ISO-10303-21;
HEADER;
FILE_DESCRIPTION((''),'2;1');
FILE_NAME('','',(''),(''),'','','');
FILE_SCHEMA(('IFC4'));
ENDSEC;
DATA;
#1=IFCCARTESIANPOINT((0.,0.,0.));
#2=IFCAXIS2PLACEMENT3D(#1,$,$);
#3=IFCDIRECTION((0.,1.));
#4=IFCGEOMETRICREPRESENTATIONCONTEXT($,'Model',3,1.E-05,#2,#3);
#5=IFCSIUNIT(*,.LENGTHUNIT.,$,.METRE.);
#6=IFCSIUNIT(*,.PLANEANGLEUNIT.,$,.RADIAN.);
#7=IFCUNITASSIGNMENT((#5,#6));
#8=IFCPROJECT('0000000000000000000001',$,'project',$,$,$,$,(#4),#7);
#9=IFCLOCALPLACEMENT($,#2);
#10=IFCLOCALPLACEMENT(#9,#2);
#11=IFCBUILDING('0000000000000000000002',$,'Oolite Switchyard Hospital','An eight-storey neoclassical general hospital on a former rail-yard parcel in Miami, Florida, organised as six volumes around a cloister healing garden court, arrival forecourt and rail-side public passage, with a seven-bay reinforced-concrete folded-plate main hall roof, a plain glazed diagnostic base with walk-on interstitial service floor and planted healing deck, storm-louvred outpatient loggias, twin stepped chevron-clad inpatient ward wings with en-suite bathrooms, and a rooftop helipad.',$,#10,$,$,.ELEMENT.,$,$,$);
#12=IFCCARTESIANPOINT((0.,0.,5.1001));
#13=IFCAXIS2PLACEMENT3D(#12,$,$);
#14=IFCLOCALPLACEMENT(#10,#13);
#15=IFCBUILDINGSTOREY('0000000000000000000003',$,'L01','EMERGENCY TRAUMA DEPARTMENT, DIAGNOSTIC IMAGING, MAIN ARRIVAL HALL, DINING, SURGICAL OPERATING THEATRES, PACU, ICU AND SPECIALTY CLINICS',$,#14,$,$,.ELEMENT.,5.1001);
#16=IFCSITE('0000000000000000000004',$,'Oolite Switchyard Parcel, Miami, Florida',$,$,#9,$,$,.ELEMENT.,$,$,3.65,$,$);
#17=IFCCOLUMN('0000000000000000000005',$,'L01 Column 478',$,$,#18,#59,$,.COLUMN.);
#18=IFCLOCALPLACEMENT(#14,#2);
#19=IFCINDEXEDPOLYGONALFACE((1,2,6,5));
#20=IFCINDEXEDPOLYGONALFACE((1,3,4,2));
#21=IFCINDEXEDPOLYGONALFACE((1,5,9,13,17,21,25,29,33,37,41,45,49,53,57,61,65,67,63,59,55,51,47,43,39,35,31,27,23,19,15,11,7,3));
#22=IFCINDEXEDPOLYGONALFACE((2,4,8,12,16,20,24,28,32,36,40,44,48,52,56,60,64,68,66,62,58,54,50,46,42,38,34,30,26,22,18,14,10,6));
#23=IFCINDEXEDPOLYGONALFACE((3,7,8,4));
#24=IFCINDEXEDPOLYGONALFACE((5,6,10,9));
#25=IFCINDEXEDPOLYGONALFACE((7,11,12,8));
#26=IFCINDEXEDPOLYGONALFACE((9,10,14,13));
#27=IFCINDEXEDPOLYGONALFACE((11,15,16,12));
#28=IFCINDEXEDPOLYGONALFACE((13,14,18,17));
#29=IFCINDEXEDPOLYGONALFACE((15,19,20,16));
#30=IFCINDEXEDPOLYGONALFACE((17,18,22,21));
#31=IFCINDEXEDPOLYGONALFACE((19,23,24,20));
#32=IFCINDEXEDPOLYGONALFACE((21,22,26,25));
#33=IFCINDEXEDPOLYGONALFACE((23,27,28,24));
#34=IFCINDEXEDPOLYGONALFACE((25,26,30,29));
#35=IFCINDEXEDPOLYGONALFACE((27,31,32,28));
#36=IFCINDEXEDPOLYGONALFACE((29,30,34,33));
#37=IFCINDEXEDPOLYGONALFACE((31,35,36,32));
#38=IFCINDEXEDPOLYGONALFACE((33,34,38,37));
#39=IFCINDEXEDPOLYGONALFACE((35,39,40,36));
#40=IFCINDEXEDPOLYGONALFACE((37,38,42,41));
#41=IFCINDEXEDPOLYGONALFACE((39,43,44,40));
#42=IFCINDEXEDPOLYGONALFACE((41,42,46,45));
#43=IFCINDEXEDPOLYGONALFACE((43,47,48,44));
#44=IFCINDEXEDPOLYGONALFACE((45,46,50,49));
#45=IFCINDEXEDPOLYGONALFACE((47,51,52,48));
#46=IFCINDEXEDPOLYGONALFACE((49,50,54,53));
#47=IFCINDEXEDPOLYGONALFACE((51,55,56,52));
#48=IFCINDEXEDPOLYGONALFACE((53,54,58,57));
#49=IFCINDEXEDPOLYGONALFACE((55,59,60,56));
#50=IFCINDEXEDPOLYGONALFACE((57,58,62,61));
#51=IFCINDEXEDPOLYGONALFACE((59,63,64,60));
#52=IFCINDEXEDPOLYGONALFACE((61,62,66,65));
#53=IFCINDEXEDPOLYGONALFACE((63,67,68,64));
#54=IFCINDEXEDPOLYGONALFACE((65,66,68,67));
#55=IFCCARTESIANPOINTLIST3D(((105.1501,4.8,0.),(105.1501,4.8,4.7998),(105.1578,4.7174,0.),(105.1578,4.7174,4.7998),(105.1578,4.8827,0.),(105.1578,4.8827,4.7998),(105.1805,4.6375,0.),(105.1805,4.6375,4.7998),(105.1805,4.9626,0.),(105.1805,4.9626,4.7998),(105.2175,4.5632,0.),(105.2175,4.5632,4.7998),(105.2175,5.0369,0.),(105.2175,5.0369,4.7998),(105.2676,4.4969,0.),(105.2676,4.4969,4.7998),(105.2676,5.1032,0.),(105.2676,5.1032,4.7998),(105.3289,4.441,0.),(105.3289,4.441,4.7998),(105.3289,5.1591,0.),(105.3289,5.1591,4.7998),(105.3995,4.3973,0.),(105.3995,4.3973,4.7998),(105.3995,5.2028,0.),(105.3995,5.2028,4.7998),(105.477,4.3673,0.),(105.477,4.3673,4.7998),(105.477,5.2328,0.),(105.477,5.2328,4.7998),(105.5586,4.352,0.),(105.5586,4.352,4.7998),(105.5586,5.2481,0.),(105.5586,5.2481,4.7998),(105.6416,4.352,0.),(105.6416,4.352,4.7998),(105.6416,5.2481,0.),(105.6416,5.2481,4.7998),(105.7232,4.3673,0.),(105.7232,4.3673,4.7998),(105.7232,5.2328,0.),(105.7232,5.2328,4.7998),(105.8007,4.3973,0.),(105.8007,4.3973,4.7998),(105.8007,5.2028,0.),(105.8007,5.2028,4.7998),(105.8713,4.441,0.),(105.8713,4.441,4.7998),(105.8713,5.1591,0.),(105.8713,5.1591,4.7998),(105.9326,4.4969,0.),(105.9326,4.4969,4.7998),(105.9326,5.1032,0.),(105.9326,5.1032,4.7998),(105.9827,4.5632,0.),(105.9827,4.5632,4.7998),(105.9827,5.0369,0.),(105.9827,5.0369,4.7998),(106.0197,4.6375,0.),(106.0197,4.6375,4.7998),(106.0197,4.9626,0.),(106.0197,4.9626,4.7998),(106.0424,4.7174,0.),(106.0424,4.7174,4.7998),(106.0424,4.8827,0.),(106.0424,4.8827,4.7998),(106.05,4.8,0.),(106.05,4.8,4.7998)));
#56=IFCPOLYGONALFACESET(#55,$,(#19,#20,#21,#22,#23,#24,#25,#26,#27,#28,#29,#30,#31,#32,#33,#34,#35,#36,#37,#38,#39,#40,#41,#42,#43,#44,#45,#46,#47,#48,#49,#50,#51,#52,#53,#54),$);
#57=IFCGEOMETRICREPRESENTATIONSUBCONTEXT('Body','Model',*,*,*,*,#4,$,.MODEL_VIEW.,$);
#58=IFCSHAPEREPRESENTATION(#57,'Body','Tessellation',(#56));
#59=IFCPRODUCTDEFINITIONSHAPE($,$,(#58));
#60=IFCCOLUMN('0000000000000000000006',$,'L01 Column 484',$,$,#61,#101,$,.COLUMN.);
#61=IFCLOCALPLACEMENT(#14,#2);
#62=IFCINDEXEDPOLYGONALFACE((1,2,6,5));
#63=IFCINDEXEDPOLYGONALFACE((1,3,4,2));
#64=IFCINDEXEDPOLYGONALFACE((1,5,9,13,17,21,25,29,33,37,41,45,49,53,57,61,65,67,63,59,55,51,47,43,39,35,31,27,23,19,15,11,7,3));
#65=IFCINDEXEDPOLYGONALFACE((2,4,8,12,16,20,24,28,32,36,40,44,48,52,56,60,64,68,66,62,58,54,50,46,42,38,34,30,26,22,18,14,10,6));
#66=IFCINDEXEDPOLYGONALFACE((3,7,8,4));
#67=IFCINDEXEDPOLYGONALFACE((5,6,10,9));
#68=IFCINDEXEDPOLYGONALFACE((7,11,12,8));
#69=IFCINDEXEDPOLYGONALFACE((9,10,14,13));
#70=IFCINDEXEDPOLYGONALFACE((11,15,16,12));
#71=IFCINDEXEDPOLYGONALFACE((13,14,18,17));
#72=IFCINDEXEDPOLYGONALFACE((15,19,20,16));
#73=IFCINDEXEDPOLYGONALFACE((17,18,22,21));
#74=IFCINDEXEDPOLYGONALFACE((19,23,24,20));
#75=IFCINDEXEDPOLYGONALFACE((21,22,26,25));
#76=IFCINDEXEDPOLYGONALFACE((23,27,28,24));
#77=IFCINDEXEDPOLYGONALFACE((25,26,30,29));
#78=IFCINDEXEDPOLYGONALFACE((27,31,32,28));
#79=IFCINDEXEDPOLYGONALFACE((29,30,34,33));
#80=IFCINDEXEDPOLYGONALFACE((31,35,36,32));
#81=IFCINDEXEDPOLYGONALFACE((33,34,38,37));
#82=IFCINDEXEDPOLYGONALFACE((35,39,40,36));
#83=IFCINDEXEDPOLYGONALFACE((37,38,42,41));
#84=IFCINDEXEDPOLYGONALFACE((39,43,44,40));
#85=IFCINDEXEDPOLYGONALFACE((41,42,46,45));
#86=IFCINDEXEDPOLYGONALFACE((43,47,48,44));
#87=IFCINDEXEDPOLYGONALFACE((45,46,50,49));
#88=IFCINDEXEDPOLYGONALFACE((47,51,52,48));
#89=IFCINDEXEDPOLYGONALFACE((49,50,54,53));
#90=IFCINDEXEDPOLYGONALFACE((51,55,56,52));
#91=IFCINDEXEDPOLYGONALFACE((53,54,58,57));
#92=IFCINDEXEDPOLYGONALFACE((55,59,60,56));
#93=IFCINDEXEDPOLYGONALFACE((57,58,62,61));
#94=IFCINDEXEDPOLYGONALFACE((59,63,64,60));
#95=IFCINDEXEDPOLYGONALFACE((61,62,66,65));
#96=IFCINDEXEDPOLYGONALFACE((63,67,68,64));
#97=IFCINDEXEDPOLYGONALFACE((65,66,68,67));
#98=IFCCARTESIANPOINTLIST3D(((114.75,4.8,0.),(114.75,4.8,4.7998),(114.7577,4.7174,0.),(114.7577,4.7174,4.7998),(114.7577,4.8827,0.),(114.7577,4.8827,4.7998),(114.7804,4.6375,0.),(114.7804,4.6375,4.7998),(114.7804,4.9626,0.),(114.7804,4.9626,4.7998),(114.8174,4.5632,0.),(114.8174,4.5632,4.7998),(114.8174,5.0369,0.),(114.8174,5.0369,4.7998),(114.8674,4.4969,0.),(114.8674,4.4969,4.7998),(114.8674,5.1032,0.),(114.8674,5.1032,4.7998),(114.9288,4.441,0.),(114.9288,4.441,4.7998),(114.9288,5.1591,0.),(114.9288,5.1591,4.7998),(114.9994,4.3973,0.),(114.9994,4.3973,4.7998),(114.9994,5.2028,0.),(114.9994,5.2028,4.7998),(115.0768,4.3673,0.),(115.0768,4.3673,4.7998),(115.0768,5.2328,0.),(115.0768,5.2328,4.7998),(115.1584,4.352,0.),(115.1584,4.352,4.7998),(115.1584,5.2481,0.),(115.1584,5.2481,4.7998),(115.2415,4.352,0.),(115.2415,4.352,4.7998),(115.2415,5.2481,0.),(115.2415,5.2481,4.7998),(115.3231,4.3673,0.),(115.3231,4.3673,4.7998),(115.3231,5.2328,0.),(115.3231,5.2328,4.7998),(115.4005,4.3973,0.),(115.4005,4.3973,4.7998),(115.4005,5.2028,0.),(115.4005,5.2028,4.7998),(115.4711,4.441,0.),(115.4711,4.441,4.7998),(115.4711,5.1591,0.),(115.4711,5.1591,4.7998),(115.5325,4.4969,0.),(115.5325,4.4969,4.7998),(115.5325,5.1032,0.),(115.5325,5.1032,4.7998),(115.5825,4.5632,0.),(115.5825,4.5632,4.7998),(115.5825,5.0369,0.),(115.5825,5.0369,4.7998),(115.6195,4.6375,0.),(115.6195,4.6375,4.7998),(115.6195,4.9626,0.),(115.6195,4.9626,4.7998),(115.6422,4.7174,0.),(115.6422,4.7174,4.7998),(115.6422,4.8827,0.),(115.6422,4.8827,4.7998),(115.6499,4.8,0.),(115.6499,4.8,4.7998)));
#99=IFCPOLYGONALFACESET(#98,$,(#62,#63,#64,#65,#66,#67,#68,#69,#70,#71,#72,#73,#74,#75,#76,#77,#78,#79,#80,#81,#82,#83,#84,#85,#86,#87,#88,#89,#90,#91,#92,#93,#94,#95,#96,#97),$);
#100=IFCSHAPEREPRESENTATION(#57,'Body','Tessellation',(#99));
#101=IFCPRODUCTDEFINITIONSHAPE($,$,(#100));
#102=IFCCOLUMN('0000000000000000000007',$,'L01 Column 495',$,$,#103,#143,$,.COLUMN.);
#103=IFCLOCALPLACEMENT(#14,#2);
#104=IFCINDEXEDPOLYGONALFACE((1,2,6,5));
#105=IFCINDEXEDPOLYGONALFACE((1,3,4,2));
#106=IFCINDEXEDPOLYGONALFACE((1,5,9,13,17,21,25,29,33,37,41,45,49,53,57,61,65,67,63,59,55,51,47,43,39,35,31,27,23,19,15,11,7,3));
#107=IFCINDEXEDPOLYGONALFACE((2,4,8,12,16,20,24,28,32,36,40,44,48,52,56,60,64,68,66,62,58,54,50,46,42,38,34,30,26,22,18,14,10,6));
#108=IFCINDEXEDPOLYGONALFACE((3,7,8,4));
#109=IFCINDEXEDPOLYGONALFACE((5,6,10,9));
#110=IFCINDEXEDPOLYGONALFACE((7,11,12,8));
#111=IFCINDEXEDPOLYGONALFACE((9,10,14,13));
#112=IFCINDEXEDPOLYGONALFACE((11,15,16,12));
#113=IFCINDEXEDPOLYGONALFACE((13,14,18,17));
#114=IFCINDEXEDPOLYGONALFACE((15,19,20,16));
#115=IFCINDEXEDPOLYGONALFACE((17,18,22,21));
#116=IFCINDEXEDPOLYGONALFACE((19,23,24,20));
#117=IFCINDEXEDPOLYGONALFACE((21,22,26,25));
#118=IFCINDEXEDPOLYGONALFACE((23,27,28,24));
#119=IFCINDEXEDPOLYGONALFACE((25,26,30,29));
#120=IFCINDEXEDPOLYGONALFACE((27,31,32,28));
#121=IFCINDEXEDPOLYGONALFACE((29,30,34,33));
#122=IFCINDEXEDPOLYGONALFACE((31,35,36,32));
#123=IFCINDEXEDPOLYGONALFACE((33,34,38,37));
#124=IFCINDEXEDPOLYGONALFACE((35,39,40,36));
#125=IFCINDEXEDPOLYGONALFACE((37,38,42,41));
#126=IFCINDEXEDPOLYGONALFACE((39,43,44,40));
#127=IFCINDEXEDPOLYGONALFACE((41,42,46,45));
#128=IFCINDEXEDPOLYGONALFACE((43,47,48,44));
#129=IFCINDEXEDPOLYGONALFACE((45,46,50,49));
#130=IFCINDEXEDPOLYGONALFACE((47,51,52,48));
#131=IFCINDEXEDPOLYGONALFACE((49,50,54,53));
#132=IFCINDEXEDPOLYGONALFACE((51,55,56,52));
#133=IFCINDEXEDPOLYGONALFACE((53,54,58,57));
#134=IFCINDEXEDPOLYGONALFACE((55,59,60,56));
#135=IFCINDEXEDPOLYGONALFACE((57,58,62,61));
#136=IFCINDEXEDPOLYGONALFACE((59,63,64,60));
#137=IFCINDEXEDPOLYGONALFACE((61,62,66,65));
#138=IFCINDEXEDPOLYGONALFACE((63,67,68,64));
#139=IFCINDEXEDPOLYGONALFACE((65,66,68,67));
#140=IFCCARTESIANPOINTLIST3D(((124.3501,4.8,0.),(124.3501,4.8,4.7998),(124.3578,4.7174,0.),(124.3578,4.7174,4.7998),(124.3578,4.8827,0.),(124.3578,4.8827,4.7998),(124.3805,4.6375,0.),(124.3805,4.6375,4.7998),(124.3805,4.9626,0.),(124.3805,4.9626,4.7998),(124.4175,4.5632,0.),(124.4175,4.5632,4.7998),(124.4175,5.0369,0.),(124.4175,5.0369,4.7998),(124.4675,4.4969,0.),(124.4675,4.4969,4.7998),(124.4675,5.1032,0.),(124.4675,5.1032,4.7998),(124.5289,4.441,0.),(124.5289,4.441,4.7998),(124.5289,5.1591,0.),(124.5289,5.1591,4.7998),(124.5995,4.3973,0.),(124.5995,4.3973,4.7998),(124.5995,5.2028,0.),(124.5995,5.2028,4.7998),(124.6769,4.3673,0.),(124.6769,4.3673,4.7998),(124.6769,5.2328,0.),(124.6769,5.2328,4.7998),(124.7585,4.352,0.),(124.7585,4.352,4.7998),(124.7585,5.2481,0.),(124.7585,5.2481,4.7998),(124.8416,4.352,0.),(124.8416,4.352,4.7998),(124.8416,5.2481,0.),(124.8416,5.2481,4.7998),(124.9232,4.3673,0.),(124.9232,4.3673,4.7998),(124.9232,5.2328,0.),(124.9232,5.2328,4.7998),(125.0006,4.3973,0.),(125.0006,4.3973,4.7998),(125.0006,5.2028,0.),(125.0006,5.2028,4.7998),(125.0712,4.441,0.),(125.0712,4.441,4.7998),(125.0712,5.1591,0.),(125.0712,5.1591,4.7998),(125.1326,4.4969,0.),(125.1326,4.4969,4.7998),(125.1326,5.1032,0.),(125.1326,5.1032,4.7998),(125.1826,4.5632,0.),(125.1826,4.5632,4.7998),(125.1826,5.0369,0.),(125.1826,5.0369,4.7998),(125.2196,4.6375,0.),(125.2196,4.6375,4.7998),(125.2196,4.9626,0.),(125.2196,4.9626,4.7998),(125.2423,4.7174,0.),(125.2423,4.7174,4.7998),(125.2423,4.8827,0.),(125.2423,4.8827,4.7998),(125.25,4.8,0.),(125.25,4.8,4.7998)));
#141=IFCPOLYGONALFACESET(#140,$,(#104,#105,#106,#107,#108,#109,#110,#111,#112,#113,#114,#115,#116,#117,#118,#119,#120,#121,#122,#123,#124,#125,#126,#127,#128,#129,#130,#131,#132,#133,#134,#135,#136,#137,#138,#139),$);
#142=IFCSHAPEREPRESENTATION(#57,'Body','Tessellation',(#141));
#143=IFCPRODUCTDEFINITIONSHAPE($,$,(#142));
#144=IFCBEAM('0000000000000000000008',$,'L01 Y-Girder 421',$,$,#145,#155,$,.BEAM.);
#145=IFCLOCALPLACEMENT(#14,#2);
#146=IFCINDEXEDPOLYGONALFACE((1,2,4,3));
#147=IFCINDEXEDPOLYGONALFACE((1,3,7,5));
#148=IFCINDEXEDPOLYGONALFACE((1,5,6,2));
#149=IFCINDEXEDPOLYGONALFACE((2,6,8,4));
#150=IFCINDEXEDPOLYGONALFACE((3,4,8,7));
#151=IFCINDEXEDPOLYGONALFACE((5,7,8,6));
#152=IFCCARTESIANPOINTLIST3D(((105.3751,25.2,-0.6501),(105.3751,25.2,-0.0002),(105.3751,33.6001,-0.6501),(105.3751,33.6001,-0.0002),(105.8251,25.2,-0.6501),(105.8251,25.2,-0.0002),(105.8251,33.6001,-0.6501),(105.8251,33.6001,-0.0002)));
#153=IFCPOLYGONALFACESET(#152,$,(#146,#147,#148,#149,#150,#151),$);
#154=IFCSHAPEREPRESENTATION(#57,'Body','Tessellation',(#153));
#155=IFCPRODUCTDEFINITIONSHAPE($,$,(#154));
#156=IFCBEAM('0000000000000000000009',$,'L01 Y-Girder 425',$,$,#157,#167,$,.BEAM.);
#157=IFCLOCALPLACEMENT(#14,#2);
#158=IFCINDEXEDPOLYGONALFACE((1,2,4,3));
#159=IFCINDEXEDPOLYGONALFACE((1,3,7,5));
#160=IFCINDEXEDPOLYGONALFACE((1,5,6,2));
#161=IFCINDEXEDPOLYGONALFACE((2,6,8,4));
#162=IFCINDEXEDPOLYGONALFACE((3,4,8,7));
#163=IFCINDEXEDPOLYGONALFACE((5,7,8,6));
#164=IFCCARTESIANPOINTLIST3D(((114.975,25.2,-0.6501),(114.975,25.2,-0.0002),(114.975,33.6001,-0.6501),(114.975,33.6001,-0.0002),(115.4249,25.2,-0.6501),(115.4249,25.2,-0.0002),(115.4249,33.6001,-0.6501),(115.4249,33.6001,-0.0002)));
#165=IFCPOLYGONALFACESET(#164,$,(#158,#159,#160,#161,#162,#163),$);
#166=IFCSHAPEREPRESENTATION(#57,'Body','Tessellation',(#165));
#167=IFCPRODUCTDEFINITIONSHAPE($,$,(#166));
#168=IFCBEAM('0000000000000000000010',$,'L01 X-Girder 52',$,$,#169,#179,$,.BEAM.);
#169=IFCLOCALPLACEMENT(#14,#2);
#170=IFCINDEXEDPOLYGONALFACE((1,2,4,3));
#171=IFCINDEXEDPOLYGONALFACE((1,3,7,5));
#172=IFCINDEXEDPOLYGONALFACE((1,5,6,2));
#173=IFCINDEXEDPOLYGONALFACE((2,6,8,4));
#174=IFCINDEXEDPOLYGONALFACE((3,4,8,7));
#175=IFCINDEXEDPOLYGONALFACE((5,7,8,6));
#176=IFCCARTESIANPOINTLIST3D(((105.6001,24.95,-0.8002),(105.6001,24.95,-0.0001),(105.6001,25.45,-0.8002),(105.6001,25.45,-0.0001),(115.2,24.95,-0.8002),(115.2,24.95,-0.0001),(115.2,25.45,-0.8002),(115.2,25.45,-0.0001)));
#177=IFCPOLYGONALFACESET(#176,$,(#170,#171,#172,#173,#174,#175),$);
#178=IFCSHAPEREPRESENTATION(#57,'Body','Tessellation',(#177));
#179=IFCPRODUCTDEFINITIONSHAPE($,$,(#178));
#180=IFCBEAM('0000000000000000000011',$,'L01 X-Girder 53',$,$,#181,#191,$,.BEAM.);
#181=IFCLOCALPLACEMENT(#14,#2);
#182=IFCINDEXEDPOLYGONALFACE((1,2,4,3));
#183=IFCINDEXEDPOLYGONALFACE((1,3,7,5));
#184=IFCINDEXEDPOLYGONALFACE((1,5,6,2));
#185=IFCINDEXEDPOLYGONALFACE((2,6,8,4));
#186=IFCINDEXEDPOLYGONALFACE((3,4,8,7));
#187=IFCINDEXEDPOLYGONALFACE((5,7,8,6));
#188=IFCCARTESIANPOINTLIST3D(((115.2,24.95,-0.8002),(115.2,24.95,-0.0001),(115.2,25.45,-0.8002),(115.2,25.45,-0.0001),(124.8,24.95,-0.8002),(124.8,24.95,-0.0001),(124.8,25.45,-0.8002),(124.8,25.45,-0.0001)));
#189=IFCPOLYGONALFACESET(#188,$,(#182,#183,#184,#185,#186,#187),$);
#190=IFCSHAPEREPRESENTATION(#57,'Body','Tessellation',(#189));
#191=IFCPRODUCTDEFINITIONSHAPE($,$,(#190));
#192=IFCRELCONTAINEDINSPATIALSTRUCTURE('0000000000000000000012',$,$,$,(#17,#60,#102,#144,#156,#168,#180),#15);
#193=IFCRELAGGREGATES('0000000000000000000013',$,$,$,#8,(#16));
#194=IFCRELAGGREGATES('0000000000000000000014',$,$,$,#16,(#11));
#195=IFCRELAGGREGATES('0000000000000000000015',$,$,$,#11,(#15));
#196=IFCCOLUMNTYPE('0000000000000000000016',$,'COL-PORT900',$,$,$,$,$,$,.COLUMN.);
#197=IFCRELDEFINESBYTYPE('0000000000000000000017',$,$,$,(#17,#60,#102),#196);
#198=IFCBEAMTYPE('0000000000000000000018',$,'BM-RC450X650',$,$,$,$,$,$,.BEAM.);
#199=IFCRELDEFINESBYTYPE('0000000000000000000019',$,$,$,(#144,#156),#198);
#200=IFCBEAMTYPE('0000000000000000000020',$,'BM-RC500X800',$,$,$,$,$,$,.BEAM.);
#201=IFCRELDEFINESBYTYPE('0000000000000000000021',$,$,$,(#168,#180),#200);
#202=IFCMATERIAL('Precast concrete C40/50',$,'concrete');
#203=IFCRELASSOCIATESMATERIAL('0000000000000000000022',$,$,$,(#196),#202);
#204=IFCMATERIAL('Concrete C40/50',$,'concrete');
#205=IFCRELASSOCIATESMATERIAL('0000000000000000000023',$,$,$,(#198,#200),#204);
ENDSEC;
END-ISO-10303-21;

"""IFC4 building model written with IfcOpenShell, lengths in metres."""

from ifc_helpers import new_model, si_unit, direction, frame, origin, origin_2d, place, context, subcontext, project, spatial, rectangle, circle, extrude, material, material_profile, profile_set, type_object, element, save


model = new_model("IFC4")

# Units and contexts
model_context = context("Model", 3, precision=1e-05, world=origin(), true_north=direction((0.0, 1.0)))
body_context = subcontext(model_context, "Body", "Model", "MODEL_VIEW")
ifc_project = project(units=[si_unit("LENGTHUNIT", "METRE"), si_unit("PLANEANGLEUNIT", "RADIAN")], contexts=[model_context])

# Site, building, storey
site_placement = place(None, origin())
site = spatial("IfcSite", under=ifc_project, at=site_placement, Name="Oolite Switchyard Parcel, Miami, Florida", CompositionType="ELEMENT", RefElevation=3.65)
building_placement = place(site_placement, origin())
building = spatial("IfcBuilding", under=site, at=building_placement, Name="Oolite Switchyard Hospital", Description="An eight-storey neoclassical general hospital on a former rail-yard parcel in Miami, Florida, organised as six volumes around a cloister healing garden court, arrival forecourt and rail-side public passage, with a seven-bay reinforced-concrete folded-plate main hall roof, a plain glazed diagnostic base with walk-on interstitial service floor and planted healing deck, storm-louvred outpatient loggias, twin stepped chevron-clad inpatient ward wings with en-suite bathrooms, and a rooftop helipad.", CompositionType="ELEMENT")
storey_placement = place(building_placement, frame((0.0, 0.0, 5.1001)))
storey = spatial("IfcBuildingStorey", under=building, at=storey_placement, Name="L01", Description="EMERGENCY TRAUMA DEPARTMENT, DIAGNOSTIC IMAGING, MAIN ARRIVAL HALL, DINING, SURGICAL OPERATING THEATRES, PACU, ICU AND SPECIALTY CLINICS", CompositionType="ELEMENT", Elevation=5.1001)

# Columns
ifc_material_1 = material(Name="Precast concrete C40/50", Category="concrete")
ifc_material_profile_1 = material_profile(ifc_material_1, circle(Radius=0.45, at=origin_2d()), Name="RCCOL900")
ifc_profile_set_1 = profile_set([ifc_material_profile_1], Name="Precast concrete C40/50")
column_type = type_object("IfcColumnType", Name="COL-PORT900", PredefinedType="COLUMN", material=ifc_profile_set_1)
for number, where, z_axis, x_axis, name in (
    (1, (105.6001, 4.8, 0.0), (0.0, 0.0, 1.0), (1.0, 0.0, 0.0), "L01 Column 478"),
    (2, (115.2, 4.8, 0.0), (0.0, 0.0, 1.0), (1.0, 0.0, 0.0), "L01 Column 484"),
    (3, (124.8, 4.8, 0.0), (0.0, 0.0, 1.0), (1.0, 0.0, 0.0), "L01 Column 495"),
):
    element("IfcColumn", number, at=place(storey_placement, frame(where, z_axis=z_axis, x_axis=x_axis)), inside=storey, type_object=column_type, Name=name, PredefinedType="COLUMN", context=body_context, shape_type="SweptSolid", body=[
        extrude(circle(Radius=0.45, at=origin_2d()), origin(), (0.0, 0.0, 1.0), 4.7998),
    ])

# Beams
ifc_material_2 = material(Name="Concrete C40/50", Category="concrete")
ifc_material_profile_2 = material_profile(ifc_material_2, rectangle(XDim=0.45, YDim=0.6499, at=origin_2d()), Name="RCB450X650")
ifc_profile_set_2 = profile_set([ifc_material_profile_2], Name="Concrete C40/50")
beam_type_1 = type_object("IfcBeamType", Name="BM-RC450X650", PredefinedType="BEAM", material=ifc_profile_set_2)
for number, where, z_axis, x_axis, name in (
    (4, (105.6001, 25.2, -0.3252), (0.0, 1.0, 0.0), (-1.0, 0.0, 0.0), "L01 Y-Girder 421"),
    (5, (115.2, 25.2, -0.3252), (0.0, 1.0, 0.0), (-1.0, 0.0, 0.0), "L01 Y-Girder 425"),
):
    element("IfcBeam", number, at=place(storey_placement, frame(where, z_axis=z_axis, x_axis=x_axis)), inside=storey, type_object=beam_type_1, Name=name, PredefinedType="BEAM", context=body_context, shape_type="SweptSolid", body=[
        extrude(rectangle(XDim=0.45, YDim=0.6499, at=origin_2d()), origin(), (0.0, 0.0, 1.0), 8.4001),
    ])
ifc_material_profile_3 = material_profile(ifc_material_2, rectangle(XDim=0.5, YDim=0.8, at=origin_2d()), Name="RCB500X800")
ifc_profile_set_3 = profile_set([ifc_material_profile_3], Name="Concrete C40/50")
beam_type_2 = type_object("IfcBeamType", Name="BM-RC500X800", PredefinedType="BEAM", material=ifc_profile_set_3)
beam_1_placement = place(storey_placement, frame((105.6001, 25.2, -0.4001), z_axis=(1.0, 0.0, 0.0), x_axis=(0.0, 1.0, 0.0)))
element("IfcBeam", 6, at=beam_1_placement, inside=storey, type_object=beam_type_2, Name="L01 X-Girder 52", PredefinedType="BEAM", context=body_context, shape_type="SweptSolid", body=[
    extrude(rectangle(XDim=0.5, YDim=0.8, at=origin_2d()), origin(), (0.0, 0.0, 1.0), 9.5999),
])
beam_2_placement = place(storey_placement, frame((115.2, 25.2, -0.4001), z_axis=(1.0, 0.0, 0.0), x_axis=(0.0, 1.0, 0.0)))
element("IfcBeam", 7, at=beam_2_placement, inside=storey, type_object=beam_type_2, Name="L01 X-Girder 53", PredefinedType="BEAM", context=body_context, shape_type="SweptSolid", body=[
    extrude(rectangle(XDim=0.5, YDim=0.8, at=origin_2d()), origin(), (0.0, 0.0, 1.0), 9.6001),
])

save(model, "model.ifc")
